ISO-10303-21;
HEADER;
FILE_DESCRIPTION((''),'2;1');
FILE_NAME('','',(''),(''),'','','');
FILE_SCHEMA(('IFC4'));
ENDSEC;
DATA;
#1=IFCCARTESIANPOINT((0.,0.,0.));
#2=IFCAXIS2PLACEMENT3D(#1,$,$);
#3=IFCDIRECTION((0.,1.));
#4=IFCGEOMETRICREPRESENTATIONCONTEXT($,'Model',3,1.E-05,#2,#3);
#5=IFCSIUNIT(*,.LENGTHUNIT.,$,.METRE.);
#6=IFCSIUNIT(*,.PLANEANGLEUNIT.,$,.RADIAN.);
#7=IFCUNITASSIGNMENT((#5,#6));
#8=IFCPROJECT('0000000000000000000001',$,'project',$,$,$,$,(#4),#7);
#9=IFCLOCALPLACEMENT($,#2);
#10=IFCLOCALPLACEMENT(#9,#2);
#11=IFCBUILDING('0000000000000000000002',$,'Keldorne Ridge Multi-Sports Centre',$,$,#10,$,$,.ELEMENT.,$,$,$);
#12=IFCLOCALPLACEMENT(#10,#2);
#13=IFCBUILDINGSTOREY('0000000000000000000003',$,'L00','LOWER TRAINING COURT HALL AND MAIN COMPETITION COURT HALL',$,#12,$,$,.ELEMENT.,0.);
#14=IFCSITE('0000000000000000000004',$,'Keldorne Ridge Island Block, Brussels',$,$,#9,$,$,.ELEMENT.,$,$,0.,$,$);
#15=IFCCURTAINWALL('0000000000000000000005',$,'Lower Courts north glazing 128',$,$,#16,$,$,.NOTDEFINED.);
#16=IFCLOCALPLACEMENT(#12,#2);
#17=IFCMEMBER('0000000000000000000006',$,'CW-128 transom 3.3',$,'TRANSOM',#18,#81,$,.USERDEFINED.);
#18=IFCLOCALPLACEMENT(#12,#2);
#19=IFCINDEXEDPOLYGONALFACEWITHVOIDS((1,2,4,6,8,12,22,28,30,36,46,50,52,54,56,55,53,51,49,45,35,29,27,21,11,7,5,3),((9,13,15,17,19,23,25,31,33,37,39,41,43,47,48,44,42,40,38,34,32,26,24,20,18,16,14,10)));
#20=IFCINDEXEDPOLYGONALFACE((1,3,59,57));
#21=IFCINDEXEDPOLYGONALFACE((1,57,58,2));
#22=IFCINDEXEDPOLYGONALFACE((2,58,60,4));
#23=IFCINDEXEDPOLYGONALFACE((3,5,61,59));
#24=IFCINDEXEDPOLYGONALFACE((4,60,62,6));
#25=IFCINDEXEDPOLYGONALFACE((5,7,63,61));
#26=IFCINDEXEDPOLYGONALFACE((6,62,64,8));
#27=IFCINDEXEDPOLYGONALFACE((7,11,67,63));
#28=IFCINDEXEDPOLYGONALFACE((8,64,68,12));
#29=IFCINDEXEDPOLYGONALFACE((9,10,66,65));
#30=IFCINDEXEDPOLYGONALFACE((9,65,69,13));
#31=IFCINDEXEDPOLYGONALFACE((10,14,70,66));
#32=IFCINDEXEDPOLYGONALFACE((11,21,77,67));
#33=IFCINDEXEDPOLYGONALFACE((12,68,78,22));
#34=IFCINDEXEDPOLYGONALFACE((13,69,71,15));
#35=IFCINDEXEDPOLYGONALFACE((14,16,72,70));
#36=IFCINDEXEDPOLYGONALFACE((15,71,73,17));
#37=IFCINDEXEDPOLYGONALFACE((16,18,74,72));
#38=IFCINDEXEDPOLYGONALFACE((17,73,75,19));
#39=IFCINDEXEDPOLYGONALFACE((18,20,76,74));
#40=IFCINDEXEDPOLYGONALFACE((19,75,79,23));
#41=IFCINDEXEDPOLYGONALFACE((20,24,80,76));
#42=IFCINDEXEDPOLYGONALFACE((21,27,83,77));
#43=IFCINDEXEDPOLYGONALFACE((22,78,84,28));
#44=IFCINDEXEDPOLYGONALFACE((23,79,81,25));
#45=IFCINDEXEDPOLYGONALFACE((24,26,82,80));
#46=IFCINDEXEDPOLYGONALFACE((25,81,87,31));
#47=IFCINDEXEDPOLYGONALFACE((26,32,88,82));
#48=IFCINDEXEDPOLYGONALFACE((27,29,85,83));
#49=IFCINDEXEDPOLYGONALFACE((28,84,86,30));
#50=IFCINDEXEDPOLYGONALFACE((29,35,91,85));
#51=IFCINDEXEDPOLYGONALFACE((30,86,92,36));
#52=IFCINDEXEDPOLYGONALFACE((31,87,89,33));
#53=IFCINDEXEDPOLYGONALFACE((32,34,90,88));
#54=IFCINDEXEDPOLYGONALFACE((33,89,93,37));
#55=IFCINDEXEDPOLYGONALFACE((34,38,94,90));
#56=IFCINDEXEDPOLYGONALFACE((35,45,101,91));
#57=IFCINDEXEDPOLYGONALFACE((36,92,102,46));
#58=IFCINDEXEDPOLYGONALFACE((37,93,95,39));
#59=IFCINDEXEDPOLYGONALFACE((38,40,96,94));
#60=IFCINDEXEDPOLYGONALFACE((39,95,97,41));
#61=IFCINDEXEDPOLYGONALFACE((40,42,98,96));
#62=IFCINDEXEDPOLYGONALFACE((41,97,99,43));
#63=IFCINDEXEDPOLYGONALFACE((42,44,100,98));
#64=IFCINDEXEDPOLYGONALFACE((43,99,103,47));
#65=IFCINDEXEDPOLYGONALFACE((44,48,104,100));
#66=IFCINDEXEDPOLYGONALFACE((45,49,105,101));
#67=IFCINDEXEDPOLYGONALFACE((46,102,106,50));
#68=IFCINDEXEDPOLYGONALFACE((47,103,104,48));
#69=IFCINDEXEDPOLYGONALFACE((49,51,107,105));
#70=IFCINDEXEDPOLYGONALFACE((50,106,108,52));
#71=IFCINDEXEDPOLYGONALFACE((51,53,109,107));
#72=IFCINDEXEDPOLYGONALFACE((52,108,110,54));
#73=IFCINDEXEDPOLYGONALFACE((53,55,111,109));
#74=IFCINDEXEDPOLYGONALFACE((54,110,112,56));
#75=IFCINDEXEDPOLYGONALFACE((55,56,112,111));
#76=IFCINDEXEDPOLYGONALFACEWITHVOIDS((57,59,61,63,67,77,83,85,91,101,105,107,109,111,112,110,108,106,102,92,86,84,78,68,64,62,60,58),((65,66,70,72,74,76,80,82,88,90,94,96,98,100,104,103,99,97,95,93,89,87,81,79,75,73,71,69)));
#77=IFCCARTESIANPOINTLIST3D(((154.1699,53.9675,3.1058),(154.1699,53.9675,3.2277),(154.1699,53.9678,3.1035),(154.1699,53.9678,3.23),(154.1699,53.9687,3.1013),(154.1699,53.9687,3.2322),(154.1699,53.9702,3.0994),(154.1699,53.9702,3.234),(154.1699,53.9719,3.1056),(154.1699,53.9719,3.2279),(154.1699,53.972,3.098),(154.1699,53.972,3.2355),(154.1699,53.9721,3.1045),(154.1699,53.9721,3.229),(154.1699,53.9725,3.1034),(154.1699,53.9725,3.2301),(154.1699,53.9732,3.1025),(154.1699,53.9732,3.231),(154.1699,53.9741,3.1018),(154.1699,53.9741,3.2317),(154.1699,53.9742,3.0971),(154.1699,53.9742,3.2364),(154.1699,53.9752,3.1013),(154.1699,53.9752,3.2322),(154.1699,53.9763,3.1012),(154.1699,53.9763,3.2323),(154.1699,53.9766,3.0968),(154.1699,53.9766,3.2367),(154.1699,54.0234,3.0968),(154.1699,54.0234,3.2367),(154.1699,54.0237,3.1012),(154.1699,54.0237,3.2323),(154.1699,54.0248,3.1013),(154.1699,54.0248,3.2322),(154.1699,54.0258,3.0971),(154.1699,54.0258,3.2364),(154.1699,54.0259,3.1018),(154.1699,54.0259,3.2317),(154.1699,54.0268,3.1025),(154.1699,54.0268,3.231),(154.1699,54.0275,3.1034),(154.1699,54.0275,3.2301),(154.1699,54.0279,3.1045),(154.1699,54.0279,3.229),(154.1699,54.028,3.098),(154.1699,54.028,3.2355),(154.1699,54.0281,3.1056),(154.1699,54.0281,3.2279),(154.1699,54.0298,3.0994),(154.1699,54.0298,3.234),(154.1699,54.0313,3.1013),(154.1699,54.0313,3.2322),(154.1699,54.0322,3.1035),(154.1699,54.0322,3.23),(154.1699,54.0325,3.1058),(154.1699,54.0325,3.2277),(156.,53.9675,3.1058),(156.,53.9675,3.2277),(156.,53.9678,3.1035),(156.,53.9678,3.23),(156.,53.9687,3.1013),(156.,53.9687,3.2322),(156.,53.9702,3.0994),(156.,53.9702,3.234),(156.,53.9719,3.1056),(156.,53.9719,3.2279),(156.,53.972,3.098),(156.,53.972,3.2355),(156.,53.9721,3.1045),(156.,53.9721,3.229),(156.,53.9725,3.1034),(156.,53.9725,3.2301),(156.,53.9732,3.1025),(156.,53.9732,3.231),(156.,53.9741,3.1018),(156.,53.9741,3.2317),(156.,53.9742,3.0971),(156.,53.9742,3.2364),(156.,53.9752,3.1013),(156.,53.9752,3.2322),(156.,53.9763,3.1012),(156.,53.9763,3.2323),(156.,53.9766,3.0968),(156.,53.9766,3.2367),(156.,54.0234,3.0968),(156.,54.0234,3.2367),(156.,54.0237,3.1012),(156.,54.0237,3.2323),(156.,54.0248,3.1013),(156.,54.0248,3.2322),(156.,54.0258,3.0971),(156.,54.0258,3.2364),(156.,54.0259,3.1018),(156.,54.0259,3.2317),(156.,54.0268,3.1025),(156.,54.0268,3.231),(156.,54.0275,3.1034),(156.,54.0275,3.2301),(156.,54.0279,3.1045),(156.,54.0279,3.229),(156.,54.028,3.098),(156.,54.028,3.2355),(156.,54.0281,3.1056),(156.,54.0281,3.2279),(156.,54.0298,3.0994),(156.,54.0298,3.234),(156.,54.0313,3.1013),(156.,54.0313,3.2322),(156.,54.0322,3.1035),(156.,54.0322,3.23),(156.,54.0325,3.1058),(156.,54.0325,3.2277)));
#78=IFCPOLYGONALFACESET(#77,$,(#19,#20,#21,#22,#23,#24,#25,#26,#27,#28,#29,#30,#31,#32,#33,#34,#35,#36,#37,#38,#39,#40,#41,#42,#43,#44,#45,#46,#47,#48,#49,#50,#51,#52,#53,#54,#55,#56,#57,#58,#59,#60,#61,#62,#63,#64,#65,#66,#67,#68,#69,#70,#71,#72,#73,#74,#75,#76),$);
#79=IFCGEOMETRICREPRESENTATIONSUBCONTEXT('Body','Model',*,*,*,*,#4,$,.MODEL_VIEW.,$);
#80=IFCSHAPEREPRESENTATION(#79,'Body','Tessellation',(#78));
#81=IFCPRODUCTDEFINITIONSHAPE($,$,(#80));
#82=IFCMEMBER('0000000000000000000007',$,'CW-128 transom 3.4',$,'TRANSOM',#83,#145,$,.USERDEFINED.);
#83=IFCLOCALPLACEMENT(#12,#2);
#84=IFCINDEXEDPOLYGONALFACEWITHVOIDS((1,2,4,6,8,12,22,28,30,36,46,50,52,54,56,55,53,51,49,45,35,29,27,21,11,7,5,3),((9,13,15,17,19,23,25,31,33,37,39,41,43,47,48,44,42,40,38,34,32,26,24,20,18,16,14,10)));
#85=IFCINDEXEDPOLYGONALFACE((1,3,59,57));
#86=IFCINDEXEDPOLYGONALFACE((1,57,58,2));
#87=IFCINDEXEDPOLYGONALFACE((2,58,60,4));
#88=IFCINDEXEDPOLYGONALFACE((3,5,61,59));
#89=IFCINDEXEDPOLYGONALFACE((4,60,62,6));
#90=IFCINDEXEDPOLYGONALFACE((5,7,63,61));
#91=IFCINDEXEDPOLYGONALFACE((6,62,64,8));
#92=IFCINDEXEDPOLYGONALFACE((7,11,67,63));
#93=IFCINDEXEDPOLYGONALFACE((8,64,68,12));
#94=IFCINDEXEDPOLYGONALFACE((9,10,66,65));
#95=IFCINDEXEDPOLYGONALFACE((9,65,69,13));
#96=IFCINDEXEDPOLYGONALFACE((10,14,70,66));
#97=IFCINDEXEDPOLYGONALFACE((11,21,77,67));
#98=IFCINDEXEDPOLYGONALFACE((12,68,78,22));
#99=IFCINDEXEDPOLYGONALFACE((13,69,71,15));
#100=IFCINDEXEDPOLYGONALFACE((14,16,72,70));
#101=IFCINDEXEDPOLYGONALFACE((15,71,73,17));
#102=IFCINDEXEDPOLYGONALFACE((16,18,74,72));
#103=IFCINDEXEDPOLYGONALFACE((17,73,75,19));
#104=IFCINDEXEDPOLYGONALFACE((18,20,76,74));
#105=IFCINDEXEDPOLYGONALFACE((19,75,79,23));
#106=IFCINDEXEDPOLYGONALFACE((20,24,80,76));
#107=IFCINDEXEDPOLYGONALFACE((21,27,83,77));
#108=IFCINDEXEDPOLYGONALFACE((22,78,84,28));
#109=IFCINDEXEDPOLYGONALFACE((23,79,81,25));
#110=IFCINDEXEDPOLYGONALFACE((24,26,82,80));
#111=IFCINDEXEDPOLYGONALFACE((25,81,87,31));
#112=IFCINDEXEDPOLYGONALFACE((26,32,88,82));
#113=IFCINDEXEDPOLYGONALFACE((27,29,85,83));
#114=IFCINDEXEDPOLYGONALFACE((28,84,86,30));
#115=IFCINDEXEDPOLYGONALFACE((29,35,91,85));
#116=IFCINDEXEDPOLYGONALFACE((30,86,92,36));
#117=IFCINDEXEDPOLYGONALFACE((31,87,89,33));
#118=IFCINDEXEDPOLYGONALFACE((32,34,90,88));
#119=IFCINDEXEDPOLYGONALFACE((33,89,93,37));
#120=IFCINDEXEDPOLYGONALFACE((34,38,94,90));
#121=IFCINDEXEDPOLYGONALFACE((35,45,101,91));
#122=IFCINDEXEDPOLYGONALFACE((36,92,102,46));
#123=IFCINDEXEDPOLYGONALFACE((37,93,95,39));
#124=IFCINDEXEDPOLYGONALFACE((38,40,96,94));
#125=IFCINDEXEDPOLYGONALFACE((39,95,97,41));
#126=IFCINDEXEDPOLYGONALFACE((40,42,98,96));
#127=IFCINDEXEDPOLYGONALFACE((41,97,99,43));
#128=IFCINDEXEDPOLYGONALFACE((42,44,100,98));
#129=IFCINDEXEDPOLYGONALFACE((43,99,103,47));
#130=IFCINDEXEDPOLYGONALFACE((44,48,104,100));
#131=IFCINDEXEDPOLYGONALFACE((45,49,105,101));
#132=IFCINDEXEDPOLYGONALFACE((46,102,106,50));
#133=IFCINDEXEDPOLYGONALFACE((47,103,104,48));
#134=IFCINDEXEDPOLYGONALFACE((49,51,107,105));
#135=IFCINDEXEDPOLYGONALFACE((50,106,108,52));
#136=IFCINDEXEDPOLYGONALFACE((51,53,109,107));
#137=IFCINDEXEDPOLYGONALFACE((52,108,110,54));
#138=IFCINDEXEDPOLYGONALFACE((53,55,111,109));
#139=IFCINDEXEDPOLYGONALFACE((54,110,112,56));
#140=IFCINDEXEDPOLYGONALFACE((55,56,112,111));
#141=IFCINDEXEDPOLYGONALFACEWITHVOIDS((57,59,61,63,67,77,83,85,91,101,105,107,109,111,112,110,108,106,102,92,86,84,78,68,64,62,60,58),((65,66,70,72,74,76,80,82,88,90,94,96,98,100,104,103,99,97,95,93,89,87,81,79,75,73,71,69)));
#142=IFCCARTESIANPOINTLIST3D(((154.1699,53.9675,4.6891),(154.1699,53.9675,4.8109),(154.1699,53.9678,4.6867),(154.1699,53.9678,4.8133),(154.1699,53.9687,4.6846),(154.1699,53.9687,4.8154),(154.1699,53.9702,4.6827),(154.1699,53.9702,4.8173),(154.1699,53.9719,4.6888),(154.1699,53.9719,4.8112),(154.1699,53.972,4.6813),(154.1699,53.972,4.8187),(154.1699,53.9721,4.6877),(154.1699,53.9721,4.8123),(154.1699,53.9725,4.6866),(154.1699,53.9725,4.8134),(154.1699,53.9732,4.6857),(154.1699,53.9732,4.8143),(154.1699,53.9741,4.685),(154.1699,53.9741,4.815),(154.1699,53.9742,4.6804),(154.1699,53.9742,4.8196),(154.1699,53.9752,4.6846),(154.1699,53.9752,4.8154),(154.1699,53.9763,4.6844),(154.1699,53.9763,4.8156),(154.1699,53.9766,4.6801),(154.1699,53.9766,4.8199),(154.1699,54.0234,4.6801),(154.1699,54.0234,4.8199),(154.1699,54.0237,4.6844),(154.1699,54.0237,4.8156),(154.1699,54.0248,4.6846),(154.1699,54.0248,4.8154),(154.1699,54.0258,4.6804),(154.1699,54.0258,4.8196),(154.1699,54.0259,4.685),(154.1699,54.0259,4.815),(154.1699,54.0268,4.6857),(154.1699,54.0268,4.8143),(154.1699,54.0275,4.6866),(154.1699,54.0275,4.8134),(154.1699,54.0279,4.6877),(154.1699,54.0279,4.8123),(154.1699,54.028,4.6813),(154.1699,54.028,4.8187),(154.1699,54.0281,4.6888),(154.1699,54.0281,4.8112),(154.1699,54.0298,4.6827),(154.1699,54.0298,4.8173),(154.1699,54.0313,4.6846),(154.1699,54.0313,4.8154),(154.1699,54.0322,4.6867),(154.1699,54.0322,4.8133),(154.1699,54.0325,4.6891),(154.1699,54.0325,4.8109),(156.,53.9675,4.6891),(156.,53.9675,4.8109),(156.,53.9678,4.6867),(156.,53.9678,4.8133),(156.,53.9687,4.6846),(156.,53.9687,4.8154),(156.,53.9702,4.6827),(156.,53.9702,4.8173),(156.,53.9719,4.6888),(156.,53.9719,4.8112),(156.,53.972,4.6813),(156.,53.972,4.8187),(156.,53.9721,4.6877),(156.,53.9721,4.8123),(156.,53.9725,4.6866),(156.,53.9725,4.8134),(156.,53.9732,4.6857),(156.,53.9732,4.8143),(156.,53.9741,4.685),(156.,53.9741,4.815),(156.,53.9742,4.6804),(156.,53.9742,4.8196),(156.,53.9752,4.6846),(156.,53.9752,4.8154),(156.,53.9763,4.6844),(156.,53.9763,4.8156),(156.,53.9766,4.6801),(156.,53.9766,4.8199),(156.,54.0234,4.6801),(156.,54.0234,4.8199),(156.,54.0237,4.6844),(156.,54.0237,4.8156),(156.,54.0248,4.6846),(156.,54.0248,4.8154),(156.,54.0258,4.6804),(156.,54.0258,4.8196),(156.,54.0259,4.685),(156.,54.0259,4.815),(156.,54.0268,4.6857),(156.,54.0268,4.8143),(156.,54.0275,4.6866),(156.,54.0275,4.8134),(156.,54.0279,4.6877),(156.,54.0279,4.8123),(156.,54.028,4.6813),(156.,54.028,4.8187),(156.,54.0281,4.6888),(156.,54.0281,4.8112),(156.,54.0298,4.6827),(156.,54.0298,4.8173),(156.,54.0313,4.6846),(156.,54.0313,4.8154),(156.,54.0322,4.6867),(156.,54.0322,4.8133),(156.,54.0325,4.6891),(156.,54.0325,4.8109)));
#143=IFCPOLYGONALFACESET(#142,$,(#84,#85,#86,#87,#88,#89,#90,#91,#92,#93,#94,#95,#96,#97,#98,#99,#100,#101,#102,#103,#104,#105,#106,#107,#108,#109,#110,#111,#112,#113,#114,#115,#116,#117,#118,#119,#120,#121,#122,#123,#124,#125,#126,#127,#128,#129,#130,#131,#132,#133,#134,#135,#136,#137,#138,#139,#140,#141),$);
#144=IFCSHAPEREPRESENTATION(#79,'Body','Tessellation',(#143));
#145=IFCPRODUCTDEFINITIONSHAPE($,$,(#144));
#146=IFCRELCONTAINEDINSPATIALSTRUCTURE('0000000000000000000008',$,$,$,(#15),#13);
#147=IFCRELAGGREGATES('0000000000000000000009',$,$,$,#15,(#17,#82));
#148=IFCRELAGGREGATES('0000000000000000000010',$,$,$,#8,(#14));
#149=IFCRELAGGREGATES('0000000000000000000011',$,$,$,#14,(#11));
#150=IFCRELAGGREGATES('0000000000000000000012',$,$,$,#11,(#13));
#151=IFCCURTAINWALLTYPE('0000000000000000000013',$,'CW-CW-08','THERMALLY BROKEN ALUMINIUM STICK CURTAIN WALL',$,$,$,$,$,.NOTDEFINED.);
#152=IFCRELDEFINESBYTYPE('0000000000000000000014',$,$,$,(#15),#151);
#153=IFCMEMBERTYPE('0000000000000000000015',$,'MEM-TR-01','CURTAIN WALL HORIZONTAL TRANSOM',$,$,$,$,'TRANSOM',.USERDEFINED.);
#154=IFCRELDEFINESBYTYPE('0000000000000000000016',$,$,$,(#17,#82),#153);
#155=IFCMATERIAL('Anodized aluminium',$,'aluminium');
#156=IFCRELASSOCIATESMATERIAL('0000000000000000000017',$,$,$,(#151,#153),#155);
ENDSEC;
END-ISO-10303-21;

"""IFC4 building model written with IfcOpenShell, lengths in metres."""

from ifc_helpers import new_model, si_unit, direction, frame, origin, origin_2d, place, context, subcontext, project, spatial, hollow_rectangle, extrude, material, material_profile, profile_set, type_object, element, aggregate, save


model = new_model("IFC4")

# Units and contexts
model_context = context("Model", 3, precision=1e-05, world=origin(), true_north=direction((0.0, 1.0)))
body_context = subcontext(model_context, "Body", "Model", "MODEL_VIEW")
ifc_project = project(units=[si_unit("LENGTHUNIT", "METRE"), si_unit("PLANEANGLEUNIT", "RADIAN")], contexts=[model_context])

# Site, building, storey
site_placement = place(None, origin())
site = spatial("IfcSite", under=ifc_project, at=site_placement, Name="Keldorne Ridge Island Block, Brussels", CompositionType="ELEMENT", RefElevation=0.0)
building_placement = place(site_placement, origin())
building = spatial("IfcBuilding", under=site, at=building_placement, Name="Keldorne Ridge Multi-Sports Centre", CompositionType="ELEMENT")
storey_placement = place(building_placement, origin())
storey = spatial("IfcBuildingStorey", under=building, at=storey_placement, Name="L00", Description="LOWER TRAINING COURT HALL AND MAIN COMPETITION COURT HALL", CompositionType="ELEMENT", Elevation=0.0)

# Curtain wall
ifc_material_1 = material(Name="Anodized aluminium", Category="aluminium")
curtain_wall_type_1 = type_object("IfcCurtainWallType", Name="CW-CW-08", Description="THERMALLY BROKEN ALUMINIUM STICK CURTAIN WALL", PredefinedType="NOTDEFINED", material=ifc_material_1)
curtain_wall_1_placement = place(storey_placement, origin())
curtain_wall_1 = element("IfcCurtainWall", 1, at=curtain_wall_1_placement, inside=storey, type_object=curtain_wall_type_1, Name="Lower Courts north glazing 128", PredefinedType="NOTDEFINED")

# Members
ifc_material_profile_1 = material_profile(ifc_material_1, hollow_rectangle(XDim=0.0649, YDim=0.1399, WallThickness=0.0044, InnerFilletRadius=0.0044, OuterFilletRadius=0.009, at=origin_2d()), Name="ALU TRANSOM 140x65x4.5")
ifc_profile_set_1 = profile_set([ifc_material_profile_1], Name="Anodized aluminium")
member_type_1 = type_object("IfcMemberType", Name="MEM-TR-01", Description="CURTAIN WALL HORIZONTAL TRANSOM", ElementType="TRANSOM", PredefinedType="USERDEFINED", material=ifc_profile_set_1)
member_1_placement = place(storey_placement, frame((156.0, 54.0, 3.1667), z_axis=(-1.0, 0.0, 0.0), x_axis=(0.0, -1.0, 0.0)))
member_1 = element("IfcMember", 2, at=member_1_placement, type_object=member_type_1, Name="CW-128 transom 3.3", ObjectType="TRANSOM", PredefinedType="USERDEFINED", context=body_context, shape_type="SweptSolid", body=[
    extrude(hollow_rectangle(XDim=0.0649, YDim=0.1399, WallThickness=0.0044, InnerFilletRadius=0.0044, OuterFilletRadius=0.009, at=origin_2d()), origin(), (0.0, 0.0, 1.0), 1.8301),
])
member_2_placement = place(storey_placement, frame((156.0, 54.0, 4.75), z_axis=(-1.0, 0.0, 0.0), x_axis=(0.0, -1.0, 0.0)))
member_2 = element("IfcMember", 3, at=member_2_placement, type_object=member_type_1, Name="CW-128 transom 3.4", ObjectType="TRANSOM", PredefinedType="USERDEFINED", context=body_context, shape_type="SweptSolid", body=[
    extrude(hollow_rectangle(XDim=0.0649, YDim=0.1399, WallThickness=0.0044, InnerFilletRadius=0.0044, OuterFilletRadius=0.009, at=origin_2d()), origin(), (0.0, 0.0, 1.0), 1.8301),
])

aggregate(curtain_wall_1, [member_1, member_2])

save(model, "model.ifc")
